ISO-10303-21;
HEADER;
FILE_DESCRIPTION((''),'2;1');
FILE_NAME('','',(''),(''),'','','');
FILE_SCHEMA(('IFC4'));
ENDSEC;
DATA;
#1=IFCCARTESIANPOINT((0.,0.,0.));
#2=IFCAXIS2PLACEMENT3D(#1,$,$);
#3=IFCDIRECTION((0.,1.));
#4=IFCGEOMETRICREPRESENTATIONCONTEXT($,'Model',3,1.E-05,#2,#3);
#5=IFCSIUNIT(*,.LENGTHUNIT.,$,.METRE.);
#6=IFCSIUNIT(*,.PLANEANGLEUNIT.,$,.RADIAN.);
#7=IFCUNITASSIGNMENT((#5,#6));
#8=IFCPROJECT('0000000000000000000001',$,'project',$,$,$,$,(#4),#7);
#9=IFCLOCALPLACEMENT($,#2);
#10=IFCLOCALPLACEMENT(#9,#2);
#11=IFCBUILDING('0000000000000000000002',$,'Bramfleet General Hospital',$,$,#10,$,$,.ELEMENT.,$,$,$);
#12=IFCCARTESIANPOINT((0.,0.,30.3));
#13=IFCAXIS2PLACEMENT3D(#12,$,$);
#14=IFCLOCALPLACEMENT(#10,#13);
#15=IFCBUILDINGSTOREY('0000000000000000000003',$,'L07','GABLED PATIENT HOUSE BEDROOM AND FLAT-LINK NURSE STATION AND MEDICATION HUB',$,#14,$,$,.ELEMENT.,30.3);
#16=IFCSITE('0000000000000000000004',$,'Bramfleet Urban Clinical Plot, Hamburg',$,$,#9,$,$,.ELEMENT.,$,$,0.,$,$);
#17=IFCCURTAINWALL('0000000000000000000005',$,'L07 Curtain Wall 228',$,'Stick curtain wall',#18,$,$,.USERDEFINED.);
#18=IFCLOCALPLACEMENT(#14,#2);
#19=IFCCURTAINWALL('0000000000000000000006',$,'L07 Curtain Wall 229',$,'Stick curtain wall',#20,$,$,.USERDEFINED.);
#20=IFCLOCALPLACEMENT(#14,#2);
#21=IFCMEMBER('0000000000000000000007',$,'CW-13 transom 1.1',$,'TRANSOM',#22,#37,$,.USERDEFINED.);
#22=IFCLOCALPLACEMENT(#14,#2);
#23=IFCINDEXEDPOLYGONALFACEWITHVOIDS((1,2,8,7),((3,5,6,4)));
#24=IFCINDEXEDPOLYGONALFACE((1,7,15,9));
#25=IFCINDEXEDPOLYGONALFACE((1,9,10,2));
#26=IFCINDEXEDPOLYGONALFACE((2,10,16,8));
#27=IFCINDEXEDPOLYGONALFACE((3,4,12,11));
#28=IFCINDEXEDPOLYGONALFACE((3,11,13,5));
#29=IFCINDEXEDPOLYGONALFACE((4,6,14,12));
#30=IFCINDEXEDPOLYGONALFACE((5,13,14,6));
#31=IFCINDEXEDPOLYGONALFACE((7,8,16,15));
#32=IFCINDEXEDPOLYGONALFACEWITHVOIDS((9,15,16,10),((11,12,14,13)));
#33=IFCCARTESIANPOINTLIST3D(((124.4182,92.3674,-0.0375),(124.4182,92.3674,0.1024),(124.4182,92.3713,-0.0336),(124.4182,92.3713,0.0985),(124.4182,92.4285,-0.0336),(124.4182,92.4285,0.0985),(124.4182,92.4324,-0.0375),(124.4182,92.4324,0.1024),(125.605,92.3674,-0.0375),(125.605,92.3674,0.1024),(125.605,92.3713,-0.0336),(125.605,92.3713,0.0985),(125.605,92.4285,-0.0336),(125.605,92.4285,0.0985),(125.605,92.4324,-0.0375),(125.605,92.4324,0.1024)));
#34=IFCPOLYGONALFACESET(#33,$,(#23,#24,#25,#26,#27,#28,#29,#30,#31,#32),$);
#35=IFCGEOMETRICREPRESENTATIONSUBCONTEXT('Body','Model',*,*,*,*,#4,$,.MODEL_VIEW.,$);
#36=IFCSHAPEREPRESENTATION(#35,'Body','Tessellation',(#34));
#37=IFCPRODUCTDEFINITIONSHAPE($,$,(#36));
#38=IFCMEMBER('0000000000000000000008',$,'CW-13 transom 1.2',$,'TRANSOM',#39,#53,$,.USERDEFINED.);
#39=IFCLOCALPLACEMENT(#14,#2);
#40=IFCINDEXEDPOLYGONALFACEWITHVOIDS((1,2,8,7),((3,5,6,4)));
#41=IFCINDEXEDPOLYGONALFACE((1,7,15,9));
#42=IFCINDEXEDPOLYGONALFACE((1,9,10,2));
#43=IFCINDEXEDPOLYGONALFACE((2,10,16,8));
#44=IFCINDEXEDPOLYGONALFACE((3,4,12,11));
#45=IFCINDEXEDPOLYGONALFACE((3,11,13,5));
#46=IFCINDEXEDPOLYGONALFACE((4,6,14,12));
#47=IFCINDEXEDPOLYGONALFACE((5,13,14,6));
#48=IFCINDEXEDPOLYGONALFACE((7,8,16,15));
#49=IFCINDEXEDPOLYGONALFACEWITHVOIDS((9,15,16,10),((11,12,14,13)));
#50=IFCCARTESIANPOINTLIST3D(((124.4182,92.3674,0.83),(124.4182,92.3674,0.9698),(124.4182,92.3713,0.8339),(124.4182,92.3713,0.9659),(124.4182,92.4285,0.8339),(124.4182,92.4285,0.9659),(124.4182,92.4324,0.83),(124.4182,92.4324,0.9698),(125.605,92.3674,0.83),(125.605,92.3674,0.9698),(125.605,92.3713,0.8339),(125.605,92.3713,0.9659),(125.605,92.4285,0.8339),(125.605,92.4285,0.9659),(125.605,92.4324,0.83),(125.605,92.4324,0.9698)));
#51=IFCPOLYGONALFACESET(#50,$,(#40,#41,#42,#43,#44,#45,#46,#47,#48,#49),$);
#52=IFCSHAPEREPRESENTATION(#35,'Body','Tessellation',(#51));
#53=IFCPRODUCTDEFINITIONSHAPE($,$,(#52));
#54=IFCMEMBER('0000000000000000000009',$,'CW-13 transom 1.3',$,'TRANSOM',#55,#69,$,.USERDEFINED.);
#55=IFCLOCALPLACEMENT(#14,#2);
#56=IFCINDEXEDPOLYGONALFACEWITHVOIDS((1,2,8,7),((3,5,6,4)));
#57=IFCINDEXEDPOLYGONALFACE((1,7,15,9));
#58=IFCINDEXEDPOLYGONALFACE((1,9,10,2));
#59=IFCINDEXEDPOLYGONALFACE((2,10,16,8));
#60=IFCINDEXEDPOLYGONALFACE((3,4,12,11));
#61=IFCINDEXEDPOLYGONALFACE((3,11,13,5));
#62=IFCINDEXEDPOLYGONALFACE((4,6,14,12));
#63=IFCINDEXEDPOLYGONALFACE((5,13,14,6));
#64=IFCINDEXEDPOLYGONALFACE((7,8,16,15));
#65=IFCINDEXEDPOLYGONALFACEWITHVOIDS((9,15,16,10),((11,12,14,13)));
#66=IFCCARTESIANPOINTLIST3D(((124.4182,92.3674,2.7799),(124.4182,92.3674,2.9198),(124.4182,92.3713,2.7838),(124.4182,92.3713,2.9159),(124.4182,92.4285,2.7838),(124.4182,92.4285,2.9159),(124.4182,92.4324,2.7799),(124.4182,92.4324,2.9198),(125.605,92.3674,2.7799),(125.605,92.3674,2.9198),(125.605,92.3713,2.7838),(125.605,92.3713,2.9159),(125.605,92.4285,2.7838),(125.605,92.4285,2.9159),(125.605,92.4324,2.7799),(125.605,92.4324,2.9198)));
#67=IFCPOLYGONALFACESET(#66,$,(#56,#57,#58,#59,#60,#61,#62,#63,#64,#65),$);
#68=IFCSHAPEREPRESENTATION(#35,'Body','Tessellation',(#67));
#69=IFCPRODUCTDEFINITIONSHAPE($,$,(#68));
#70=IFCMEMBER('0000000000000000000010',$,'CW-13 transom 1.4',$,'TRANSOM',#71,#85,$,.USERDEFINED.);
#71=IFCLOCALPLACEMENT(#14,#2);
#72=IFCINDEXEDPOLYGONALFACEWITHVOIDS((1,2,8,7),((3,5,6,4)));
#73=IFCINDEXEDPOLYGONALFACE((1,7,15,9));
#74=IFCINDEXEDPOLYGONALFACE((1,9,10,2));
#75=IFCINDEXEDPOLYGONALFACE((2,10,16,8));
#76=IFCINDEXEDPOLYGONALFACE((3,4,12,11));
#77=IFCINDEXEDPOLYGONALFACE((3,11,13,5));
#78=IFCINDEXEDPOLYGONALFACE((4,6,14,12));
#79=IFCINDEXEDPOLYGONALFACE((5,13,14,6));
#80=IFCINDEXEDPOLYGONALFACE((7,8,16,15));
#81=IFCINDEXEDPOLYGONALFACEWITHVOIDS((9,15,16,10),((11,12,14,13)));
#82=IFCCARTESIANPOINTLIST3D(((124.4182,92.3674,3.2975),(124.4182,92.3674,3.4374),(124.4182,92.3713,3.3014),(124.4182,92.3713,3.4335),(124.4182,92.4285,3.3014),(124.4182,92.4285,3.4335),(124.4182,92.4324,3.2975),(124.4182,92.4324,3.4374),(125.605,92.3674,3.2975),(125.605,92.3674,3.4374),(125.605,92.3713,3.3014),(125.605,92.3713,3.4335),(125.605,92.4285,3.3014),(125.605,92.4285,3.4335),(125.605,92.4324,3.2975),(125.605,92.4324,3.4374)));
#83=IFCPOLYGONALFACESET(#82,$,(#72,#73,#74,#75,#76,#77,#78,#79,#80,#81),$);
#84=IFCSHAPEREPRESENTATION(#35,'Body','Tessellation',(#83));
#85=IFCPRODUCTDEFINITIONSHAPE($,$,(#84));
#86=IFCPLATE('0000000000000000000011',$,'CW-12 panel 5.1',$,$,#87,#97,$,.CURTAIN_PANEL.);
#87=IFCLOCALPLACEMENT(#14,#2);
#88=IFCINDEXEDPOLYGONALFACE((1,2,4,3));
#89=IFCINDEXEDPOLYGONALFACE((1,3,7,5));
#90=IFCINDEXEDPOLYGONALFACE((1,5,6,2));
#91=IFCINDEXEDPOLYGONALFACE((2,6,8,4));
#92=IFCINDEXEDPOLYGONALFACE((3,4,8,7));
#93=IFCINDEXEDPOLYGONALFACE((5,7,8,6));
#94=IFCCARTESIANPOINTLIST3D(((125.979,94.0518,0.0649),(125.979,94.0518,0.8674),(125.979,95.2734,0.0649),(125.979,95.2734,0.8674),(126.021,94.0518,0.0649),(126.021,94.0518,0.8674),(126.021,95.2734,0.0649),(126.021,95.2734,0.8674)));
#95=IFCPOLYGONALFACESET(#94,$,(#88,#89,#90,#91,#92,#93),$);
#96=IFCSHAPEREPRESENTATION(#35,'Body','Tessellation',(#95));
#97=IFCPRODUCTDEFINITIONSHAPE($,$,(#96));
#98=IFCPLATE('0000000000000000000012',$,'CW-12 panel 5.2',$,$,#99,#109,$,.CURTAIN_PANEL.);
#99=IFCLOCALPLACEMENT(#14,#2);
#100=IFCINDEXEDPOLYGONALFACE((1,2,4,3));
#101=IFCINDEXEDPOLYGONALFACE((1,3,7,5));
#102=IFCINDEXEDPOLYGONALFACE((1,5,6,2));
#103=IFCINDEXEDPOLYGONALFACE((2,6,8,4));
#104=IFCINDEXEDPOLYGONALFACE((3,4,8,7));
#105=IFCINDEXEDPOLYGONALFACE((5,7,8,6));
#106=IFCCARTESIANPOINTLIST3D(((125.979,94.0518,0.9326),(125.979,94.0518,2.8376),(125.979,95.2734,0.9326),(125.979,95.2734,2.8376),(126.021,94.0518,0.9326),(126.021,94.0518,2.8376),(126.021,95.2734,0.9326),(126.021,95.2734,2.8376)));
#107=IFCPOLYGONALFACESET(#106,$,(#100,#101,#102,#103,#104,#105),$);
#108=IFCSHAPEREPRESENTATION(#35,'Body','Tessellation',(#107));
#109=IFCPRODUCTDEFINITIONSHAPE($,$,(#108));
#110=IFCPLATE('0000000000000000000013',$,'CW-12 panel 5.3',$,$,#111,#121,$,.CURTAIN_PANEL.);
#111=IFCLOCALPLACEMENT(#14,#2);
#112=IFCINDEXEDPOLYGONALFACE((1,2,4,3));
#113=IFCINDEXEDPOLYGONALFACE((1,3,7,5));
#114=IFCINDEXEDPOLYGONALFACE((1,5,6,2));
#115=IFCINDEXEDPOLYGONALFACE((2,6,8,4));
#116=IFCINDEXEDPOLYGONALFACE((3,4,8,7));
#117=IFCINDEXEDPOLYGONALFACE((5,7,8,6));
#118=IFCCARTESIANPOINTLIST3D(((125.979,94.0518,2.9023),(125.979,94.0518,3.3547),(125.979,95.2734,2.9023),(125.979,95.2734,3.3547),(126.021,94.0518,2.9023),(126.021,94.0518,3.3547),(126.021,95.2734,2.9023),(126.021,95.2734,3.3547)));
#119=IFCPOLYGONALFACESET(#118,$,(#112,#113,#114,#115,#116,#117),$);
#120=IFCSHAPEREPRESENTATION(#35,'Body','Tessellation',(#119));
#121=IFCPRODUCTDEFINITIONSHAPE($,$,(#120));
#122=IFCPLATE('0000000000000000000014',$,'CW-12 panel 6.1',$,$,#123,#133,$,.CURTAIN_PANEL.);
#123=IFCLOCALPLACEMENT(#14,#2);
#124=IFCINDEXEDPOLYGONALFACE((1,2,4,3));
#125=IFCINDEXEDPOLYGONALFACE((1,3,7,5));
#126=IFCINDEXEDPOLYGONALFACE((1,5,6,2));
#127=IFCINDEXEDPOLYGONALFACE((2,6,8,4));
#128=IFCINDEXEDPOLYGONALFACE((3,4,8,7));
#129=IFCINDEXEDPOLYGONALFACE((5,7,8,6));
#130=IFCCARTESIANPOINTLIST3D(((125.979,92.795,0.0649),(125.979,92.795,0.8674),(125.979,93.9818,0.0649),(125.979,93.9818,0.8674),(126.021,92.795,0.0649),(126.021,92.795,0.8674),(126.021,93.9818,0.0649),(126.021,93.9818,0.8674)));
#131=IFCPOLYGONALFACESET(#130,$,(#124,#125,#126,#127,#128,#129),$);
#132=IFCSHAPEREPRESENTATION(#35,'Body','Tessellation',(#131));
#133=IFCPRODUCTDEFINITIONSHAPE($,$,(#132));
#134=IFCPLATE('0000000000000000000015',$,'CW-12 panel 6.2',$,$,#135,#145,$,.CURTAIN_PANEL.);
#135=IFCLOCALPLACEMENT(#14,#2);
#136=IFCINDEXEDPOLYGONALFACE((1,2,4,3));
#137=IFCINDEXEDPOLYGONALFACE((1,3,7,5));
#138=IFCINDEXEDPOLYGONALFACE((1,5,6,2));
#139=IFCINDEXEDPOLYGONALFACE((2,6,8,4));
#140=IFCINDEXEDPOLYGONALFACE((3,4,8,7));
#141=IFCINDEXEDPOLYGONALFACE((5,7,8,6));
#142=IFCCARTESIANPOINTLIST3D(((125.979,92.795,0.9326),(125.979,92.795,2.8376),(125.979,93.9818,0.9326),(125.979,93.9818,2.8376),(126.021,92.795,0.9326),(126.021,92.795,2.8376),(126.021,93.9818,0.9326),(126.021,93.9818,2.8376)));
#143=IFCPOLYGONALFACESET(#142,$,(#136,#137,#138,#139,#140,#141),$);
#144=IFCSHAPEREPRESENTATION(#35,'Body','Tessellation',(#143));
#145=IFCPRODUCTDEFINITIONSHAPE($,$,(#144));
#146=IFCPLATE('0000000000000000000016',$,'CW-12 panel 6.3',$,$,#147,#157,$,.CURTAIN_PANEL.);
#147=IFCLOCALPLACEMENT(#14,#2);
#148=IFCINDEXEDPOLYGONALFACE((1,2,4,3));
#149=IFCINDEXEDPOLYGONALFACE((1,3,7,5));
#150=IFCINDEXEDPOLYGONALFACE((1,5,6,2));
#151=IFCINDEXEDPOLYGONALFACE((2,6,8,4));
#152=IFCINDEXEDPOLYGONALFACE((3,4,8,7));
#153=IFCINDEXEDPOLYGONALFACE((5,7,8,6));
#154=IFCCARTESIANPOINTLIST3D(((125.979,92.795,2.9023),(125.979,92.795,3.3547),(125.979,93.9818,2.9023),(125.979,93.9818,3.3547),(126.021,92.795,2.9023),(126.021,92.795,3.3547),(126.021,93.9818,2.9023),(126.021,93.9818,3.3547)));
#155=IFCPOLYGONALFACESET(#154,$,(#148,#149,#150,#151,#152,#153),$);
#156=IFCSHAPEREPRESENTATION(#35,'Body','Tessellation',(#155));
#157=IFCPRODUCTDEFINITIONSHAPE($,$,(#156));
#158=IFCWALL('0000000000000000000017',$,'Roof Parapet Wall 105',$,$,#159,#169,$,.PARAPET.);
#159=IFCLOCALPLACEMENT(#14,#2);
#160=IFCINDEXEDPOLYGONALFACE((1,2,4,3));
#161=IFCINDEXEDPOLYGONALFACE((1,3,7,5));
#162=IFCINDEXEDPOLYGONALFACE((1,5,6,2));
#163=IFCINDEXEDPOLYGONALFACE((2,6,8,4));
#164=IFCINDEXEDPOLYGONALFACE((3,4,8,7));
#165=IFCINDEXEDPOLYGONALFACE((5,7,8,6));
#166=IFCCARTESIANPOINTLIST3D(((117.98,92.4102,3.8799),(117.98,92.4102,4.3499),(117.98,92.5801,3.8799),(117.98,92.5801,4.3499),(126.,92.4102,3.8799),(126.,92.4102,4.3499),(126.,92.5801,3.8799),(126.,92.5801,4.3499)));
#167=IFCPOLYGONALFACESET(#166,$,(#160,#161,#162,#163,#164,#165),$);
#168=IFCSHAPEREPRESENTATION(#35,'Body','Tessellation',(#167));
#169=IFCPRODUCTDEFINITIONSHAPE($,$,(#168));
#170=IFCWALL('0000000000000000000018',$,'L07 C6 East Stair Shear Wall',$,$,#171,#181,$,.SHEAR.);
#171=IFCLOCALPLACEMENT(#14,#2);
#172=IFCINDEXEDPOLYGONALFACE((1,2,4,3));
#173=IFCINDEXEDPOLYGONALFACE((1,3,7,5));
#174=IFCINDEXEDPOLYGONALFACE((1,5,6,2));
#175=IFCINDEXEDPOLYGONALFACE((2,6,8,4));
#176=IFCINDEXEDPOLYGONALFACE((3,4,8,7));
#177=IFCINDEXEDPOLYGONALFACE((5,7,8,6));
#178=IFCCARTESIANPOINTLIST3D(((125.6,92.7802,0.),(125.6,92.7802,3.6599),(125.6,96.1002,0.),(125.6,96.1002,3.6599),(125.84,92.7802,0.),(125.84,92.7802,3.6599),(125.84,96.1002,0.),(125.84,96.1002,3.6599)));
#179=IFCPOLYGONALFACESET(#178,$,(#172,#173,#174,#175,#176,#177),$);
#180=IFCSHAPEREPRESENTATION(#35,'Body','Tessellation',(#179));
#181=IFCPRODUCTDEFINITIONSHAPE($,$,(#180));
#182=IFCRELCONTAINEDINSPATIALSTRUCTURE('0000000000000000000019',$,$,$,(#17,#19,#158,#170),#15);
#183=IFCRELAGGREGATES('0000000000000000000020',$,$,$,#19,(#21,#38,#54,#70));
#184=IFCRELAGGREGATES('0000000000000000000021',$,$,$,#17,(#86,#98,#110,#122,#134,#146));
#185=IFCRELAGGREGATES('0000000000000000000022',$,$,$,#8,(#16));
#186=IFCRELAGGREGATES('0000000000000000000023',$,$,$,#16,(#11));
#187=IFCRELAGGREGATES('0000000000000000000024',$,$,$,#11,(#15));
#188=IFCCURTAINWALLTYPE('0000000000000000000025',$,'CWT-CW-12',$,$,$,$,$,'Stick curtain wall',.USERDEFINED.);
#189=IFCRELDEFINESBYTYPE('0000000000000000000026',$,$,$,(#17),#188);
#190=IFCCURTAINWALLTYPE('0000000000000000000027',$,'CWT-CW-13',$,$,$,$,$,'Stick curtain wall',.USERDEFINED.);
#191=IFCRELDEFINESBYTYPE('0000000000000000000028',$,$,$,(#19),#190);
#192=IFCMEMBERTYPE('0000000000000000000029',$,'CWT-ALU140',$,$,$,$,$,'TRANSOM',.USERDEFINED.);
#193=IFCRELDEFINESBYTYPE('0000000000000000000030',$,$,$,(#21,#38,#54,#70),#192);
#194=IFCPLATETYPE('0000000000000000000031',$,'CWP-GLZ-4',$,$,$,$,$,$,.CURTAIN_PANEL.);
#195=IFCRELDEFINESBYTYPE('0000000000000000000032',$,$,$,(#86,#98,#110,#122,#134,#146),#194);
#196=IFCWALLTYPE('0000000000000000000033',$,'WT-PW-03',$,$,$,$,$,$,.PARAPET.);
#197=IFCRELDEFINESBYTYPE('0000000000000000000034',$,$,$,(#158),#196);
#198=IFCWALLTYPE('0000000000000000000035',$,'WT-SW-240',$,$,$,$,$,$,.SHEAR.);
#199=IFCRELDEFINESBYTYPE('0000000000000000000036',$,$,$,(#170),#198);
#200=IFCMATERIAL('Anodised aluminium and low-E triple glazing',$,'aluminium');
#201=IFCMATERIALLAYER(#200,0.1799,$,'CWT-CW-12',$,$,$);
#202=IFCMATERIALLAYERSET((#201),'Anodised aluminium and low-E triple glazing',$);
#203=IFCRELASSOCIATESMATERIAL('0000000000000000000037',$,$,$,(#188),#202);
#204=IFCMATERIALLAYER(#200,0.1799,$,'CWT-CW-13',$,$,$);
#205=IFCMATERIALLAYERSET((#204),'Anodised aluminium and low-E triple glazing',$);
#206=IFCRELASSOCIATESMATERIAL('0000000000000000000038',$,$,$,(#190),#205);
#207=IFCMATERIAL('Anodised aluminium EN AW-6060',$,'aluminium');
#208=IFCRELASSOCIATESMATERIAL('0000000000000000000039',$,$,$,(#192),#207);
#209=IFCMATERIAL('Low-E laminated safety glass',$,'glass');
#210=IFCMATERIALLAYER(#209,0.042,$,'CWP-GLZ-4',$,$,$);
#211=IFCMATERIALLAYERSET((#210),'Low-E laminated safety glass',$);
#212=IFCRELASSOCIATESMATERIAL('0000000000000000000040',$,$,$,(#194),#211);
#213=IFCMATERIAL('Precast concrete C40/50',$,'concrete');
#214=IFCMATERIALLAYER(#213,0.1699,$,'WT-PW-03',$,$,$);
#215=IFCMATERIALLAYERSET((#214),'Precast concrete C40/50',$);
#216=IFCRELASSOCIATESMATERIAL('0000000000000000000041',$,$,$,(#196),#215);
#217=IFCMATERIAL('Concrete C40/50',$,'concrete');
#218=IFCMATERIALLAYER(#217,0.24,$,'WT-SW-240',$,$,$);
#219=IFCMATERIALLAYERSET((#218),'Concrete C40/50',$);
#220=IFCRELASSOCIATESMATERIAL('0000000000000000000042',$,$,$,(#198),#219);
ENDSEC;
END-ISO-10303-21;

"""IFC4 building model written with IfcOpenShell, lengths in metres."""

from ifc_helpers import new_model, si_unit, direction, frame, frame_2d, origin, origin_2d, place, context, subcontext, project, spatial, rectangle, hollow_rectangle, extrude, material, layer, layer_set, material_profile, profile_set, type_object, element, aggregate, save


model = new_model("IFC4")

# Units and contexts
model_context = context("Model", 3, precision=1e-05, world=origin(), true_north=direction((0.0, 1.0)))
body_context = subcontext(model_context, "Body", "Model", "MODEL_VIEW")
ifc_project = project(units=[si_unit("LENGTHUNIT", "METRE"), si_unit("PLANEANGLEUNIT", "RADIAN")], contexts=[model_context])

# Site, building, storey
site_placement = place(None, origin())
site = spatial("IfcSite", under=ifc_project, at=site_placement, Name="Bramfleet Urban Clinical Plot, Hamburg", CompositionType="ELEMENT", RefElevation=0.0)
building_placement = place(site_placement, origin())
building = spatial("IfcBuilding", under=site, at=building_placement, Name="Bramfleet General Hospital", CompositionType="ELEMENT")
storey_placement = place(building_placement, frame((0.0, 0.0, 30.3)))
storey = spatial("IfcBuildingStorey", under=building, at=storey_placement, Name="L07", Description="GABLED PATIENT HOUSE BEDROOM AND FLAT-LINK NURSE STATION AND MEDICATION HUB", CompositionType="ELEMENT", Elevation=30.3)

# Shared definitions
ifc_material_1 = material(Name="Concrete C40/50", Category="concrete")

# Curtain wall
ifc_material_2 = material(Name="Anodised aluminium and low-E triple glazing", Category="aluminium")
ifc_layer_1 = layer(ifc_material_2, 0.1799, Name="CWT-CW-12")
ifc_layer_set_1 = layer_set([ifc_layer_1], Name="Anodised aluminium and low-E triple glazing")
curtain_wall_type_1 = type_object("IfcCurtainWallType", Name="CWT-CW-12", ElementType="Stick curtain wall", PredefinedType="USERDEFINED", material=ifc_layer_set_1)
curtain_wall_1_placement = place(storey_placement, origin())
curtain_wall_1 = element("IfcCurtainWall", 1, at=curtain_wall_1_placement, inside=storey, type_object=curtain_wall_type_1, Name="L07 Curtain Wall 228", ObjectType="Stick curtain wall", PredefinedType="USERDEFINED")
ifc_material_3 = material(Name="Anodised aluminium EN AW-6060", Category="aluminium")

# Curtain wall
ifc_layer_2 = layer(ifc_material_2, 0.1799, Name="CWT-CW-13")
ifc_layer_set_2 = layer_set([ifc_layer_2], Name="Anodised aluminium and low-E triple glazing")
curtain_wall_type_2 = type_object("IfcCurtainWallType", Name="CWT-CW-13", ElementType="Stick curtain wall", PredefinedType="USERDEFINED", material=ifc_layer_set_2)
curtain_wall_2_placement = place(storey_placement, origin())
curtain_wall_2 = element("IfcCurtainWall", 2, at=curtain_wall_2_placement, inside=storey, type_object=curtain_wall_type_2, Name="L07 Curtain Wall 229", ObjectType="Stick curtain wall", PredefinedType="USERDEFINED")

# Members
ifc_material_profile_1 = material_profile(ifc_material_3, hollow_rectangle(XDim=0.0649, YDim=0.1399, WallThickness=0.0039, at=origin_2d()), Name="ALU 140x65x4.0")
ifc_profile_set_1 = profile_set([ifc_material_profile_1], Name="Anodised aluminium EN AW-6060")
member_type_1 = type_object("IfcMemberType", Name="CWT-ALU140", ElementType="TRANSOM", PredefinedType="USERDEFINED", material=ifc_profile_set_1)
member_1_placement = place(storey_placement, frame((125.605, 92.3999, 0.0325), z_axis=(-1.0, 0.0, 0.0), x_axis=(0.0, -1.0, 0.0)))
member_1 = element("IfcMember", 3, at=member_1_placement, type_object=member_type_1, Name="CW-13 transom 1.1", ObjectType="TRANSOM", PredefinedType="USERDEFINED", context=body_context, shape_type="SweptSolid", body=[
    extrude(hollow_rectangle(XDim=0.0649, YDim=0.1399, WallThickness=0.0039, at=origin_2d()), origin(), (0.0, 0.0, 1.0), 1.1868),
])
member_2_placement = place(storey_placement, frame((125.605, 92.3999, 0.8999), z_axis=(-1.0, 0.0, 0.0), x_axis=(0.0, -1.0, 0.0)))
member_2 = element("IfcMember", 4, at=member_2_placement, type_object=member_type_1, Name="CW-13 transom 1.2", ObjectType="TRANSOM", PredefinedType="USERDEFINED", context=body_context, shape_type="SweptSolid", body=[
    extrude(hollow_rectangle(XDim=0.0649, YDim=0.1399, WallThickness=0.0039, at=origin_2d()), origin(), (0.0, 0.0, 1.0), 1.1868),
])
member_3_placement = place(storey_placement, frame((125.605, 92.3999, 2.8499), z_axis=(-1.0, 0.0, 0.0), x_axis=(0.0, -1.0, 0.0)))
member_3 = element("IfcMember", 5, at=member_3_placement, type_object=member_type_1, Name="CW-13 transom 1.3", ObjectType="TRANSOM", PredefinedType="USERDEFINED", context=body_context, shape_type="SweptSolid", body=[
    extrude(hollow_rectangle(XDim=0.0649, YDim=0.1399, WallThickness=0.0039, at=origin_2d()), origin(), (0.0, 0.0, 1.0), 1.1868),
])
member_4_placement = place(storey_placement, frame((125.605, 92.3999, 3.3674), z_axis=(-1.0, 0.0, 0.0), x_axis=(0.0, -1.0, 0.0)))
member_4 = element("IfcMember", 6, at=member_4_placement, type_object=member_type_1, Name="CW-13 transom 1.4", ObjectType="TRANSOM", PredefinedType="USERDEFINED", context=body_context, shape_type="SweptSolid", body=[
    extrude(hollow_rectangle(XDim=0.0649, YDim=0.1399, WallThickness=0.0039, at=origin_2d()), origin(), (0.0, 0.0, 1.0), 1.1868),
])
aggregate(curtain_wall_2, [member_1, member_2, member_3, member_4])

# Plates
ifc_material_4 = material(Name="Low-E laminated safety glass", Category="glass")
ifc_layer_3 = layer(ifc_material_4, 0.042, Name="CWP-GLZ-4")
ifc_layer_set_3 = layer_set([ifc_layer_3], Name="Low-E laminated safety glass")
plate_type = type_object("IfcPlateType", Name="CWP-GLZ-4", PredefinedType="CURTAIN_PANEL", material=ifc_layer_set_3)
plate_1_placement = place(storey_placement, frame((126.0, 94.6626, 0.0649), z_axis=(0.0, 0.0, 1.0), x_axis=(0.0, -1.0, 0.0)))
plate_1 = element("IfcPlate", 7, at=plate_1_placement, type_object=plate_type, Name="CW-12 panel 5.1", PredefinedType="CURTAIN_PANEL", context=body_context, shape_type="SweptSolid", body=[
    extrude(rectangle(XDim=1.2217, YDim=0.042, at=origin_2d()), origin(), (0.0, 0.0, 1.0), 0.8025),
])
plate_2_placement = place(storey_placement, frame((126.0, 94.6626, 0.9326), z_axis=(0.0, 0.0, 1.0), x_axis=(0.0, -1.0, 0.0)))
plate_2 = element("IfcPlate", 8, at=plate_2_placement, type_object=plate_type, Name="CW-12 panel 5.2", PredefinedType="CURTAIN_PANEL", context=body_context, shape_type="SweptSolid", body=[
    extrude(rectangle(XDim=1.2217, YDim=0.042, at=origin_2d()), origin(), (0.0, 0.0, 1.0), 1.905),
])
plate_3_placement = place(storey_placement, frame((126.0, 94.6626, 2.9023), z_axis=(0.0, 0.0, 1.0), x_axis=(0.0, -1.0, 0.0)))
plate_3 = element("IfcPlate", 9, at=plate_3_placement, type_object=plate_type, Name="CW-12 panel 5.3", PredefinedType="CURTAIN_PANEL", context=body_context, shape_type="SweptSolid", body=[
    extrude(rectangle(XDim=1.2217, YDim=0.042, at=origin_2d()), origin(), (0.0, 0.0, 1.0), 0.4524),
])
plate_4_placement = place(storey_placement, frame((126.0, 93.3884, 0.0649), z_axis=(0.0, 0.0, 1.0), x_axis=(0.0, -1.0, 0.0)))
plate_4 = element("IfcPlate", 10, at=plate_4_placement, type_object=plate_type, Name="CW-12 panel 6.1", PredefinedType="CURTAIN_PANEL", context=body_context, shape_type="SweptSolid", body=[
    extrude(rectangle(XDim=1.1868, YDim=0.042, at=origin_2d()), origin(), (0.0, 0.0, 1.0), 0.8025),
])
plate_5_placement = place(storey_placement, frame((126.0, 93.3884, 0.9326), z_axis=(0.0, 0.0, 1.0), x_axis=(0.0, -1.0, 0.0)))
plate_5 = element("IfcPlate", 11, at=plate_5_placement, type_object=plate_type, Name="CW-12 panel 6.2", PredefinedType="CURTAIN_PANEL", context=body_context, shape_type="SweptSolid", body=[
    extrude(rectangle(XDim=1.1868, YDim=0.042, at=origin_2d()), origin(), (0.0, 0.0, 1.0), 1.905),
])
plate_6_placement = place(storey_placement, frame((126.0, 93.3884, 2.9023), z_axis=(0.0, 0.0, 1.0), x_axis=(0.0, -1.0, 0.0)))
plate_6 = element("IfcPlate", 12, at=plate_6_placement, type_object=plate_type, Name="CW-12 panel 6.3", PredefinedType="CURTAIN_PANEL", context=body_context, shape_type="SweptSolid", body=[
    extrude(rectangle(XDim=1.1868, YDim=0.042, at=origin_2d()), origin(), (0.0, 0.0, 1.0), 0.4524),
])
aggregate(curtain_wall_1, [plate_1, plate_2, plate_3, plate_4, plate_5, plate_6])

# Walls
ifc_material_5 = material(Name="Precast concrete C40/50", Category="concrete")
ifc_layer_4 = layer(ifc_material_5, 0.1699, Name="WT-PW-03")
ifc_layer_set_4 = layer_set([ifc_layer_4], Name="Precast concrete C40/50")
wall_type_1 = type_object("IfcWallType", Name="WT-PW-03", PredefinedType="PARAPET", material=ifc_layer_set_4)
wall_1_placement = place(storey_placement, frame((126.0, 92.4951, 3.8799), z_axis=(0.0, 0.0, 1.0), x_axis=(-1.0, 0.0, 0.0)))
element("IfcWall", 13, at=wall_1_placement, inside=storey, type_object=wall_type_1, Name="Roof Parapet Wall 105", PredefinedType="PARAPET", context=body_context, shape_type="SweptSolid", body=[
    extrude(rectangle(XDim=8.02, YDim=0.1699, at=frame_2d((4.01, 0.0))), origin(), (0.0, 0.0, 1.0), 0.47),
])
ifc_layer_5 = layer(ifc_material_1, 0.24, Name="WT-SW-240")
ifc_layer_set_5 = layer_set([ifc_layer_5], Name="Concrete C40/50")
wall_type_2 = type_object("IfcWallType", Name="WT-SW-240", PredefinedType="SHEAR", material=ifc_layer_set_5)
wall_2_placement = place(storey_placement, frame((125.72, 92.78, 0.0), z_axis=(0.0, 0.0, 1.0), x_axis=(0.0, 1.0, 0.0)))
element("IfcWall", 14, at=wall_2_placement, inside=storey, type_object=wall_type_2, Name="L07 C6 East Stair Shear Wall", PredefinedType="SHEAR", context=body_context, shape_type="SweptSolid", body=[
    extrude(rectangle(XDim=3.3201, YDim=0.24, at=frame_2d((1.6602, 0.0))), origin(), (0.0, 0.0, 1.0), 3.6599),
])

save(model, "model.ifc")
